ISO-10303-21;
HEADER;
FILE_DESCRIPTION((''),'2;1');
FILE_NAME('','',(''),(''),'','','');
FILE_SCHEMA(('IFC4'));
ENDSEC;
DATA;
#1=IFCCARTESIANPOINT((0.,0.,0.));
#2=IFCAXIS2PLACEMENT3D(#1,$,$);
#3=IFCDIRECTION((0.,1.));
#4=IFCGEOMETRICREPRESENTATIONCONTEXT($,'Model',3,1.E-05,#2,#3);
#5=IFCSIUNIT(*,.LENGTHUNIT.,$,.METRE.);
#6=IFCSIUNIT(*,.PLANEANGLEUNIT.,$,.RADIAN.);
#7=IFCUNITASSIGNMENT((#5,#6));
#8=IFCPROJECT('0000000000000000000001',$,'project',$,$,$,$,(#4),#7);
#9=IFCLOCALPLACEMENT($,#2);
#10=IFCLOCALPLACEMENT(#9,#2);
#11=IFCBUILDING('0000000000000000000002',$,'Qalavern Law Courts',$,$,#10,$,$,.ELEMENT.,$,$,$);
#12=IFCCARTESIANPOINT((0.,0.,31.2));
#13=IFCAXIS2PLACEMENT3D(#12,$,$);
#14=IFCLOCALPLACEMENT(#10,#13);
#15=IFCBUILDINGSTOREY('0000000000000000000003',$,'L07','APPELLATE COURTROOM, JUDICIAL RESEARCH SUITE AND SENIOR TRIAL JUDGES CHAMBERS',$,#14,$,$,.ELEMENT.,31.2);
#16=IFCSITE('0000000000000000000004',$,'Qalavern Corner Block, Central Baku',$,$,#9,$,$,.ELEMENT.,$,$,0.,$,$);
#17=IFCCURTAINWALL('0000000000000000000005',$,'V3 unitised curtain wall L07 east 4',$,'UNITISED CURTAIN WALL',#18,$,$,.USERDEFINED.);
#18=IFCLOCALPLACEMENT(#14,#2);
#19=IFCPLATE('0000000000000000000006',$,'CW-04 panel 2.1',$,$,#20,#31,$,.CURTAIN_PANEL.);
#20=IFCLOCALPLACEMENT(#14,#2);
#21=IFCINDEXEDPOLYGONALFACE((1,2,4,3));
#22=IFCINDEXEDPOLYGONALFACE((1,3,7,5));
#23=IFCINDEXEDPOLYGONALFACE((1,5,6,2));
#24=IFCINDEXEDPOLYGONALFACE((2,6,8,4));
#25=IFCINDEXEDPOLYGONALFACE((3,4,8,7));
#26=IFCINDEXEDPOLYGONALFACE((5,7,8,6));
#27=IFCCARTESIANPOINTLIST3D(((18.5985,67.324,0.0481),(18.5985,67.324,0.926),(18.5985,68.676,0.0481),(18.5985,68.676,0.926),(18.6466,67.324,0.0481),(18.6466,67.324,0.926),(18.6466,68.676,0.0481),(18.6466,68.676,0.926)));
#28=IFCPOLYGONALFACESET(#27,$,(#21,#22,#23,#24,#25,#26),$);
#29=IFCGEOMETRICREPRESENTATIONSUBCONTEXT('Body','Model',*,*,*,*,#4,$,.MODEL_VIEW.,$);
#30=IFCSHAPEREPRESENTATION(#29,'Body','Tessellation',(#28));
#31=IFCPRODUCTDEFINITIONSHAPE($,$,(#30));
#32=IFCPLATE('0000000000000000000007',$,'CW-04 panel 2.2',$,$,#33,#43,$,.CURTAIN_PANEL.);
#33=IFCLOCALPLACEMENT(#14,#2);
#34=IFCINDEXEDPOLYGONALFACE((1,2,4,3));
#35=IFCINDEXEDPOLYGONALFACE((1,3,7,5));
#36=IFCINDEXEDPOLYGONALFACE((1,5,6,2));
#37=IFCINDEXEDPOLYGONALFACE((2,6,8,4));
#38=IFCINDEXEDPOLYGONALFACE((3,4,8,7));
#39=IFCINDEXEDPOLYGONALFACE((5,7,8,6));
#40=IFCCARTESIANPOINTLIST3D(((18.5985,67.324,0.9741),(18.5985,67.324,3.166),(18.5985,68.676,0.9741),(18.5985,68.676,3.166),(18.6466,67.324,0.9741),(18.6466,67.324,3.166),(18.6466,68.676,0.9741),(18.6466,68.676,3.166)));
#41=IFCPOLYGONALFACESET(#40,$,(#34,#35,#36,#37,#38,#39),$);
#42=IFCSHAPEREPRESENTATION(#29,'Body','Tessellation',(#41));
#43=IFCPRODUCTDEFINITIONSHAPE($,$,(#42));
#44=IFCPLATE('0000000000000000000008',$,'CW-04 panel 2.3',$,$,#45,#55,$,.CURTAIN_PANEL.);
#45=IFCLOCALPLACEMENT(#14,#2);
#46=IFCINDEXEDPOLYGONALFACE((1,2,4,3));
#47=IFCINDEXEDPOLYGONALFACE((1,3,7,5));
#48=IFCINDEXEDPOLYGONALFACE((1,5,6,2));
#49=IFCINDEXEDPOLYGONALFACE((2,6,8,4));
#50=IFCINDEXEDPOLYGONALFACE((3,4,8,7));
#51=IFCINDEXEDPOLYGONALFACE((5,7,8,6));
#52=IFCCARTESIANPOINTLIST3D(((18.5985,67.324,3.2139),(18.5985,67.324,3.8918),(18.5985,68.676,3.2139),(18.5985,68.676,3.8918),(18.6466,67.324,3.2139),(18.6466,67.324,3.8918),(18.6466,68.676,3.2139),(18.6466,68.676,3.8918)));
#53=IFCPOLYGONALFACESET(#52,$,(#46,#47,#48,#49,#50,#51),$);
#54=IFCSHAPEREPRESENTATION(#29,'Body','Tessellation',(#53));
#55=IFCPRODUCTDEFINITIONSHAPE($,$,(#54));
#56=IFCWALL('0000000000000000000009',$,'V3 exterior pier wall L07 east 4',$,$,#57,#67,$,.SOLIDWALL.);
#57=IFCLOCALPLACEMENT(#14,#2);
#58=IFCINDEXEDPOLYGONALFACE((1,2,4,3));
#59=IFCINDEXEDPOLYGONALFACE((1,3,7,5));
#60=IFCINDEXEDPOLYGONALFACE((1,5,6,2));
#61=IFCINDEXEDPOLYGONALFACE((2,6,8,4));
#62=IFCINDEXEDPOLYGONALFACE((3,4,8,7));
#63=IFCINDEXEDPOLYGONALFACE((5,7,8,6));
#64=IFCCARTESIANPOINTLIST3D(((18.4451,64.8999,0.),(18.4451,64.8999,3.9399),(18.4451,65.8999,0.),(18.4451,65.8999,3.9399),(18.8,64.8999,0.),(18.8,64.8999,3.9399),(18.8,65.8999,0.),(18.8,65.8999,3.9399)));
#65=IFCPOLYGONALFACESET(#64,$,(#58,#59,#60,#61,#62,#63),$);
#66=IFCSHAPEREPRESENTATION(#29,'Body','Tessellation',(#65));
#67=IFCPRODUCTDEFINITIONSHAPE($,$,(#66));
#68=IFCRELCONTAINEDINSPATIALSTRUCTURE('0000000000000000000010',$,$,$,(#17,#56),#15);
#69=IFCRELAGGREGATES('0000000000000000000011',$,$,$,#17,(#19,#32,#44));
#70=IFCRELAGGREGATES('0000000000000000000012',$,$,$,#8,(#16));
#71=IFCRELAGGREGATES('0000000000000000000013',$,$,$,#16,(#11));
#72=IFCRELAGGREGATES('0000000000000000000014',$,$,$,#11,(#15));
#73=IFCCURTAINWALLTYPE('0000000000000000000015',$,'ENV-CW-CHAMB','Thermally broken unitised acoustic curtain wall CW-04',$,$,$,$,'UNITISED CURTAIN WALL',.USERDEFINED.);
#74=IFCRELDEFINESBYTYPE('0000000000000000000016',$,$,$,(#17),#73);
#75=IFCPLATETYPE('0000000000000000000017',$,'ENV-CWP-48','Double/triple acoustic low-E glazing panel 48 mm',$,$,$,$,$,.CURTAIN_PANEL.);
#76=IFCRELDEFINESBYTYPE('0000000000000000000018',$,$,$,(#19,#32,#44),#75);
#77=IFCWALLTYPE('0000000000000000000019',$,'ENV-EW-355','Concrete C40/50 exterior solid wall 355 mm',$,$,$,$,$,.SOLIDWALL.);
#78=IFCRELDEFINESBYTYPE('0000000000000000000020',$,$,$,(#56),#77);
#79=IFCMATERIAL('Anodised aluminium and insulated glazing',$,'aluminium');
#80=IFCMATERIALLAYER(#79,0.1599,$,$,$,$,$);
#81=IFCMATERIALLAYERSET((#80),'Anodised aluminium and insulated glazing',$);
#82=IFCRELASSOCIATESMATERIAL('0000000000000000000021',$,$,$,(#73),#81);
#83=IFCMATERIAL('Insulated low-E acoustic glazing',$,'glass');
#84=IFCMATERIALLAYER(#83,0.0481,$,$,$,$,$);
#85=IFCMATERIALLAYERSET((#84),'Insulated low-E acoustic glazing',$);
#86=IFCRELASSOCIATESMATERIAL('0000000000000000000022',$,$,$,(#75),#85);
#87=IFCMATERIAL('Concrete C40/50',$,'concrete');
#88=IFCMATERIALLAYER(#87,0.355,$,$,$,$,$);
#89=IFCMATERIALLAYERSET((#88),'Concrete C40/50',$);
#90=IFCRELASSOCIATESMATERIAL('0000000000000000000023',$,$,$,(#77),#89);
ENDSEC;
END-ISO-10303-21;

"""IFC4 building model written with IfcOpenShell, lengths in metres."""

from ifc_helpers import new_model, si_unit, direction, frame, frame_2d, origin, origin_2d, place, context, subcontext, project, spatial, rectangle, extrude, material, layer, layer_set, type_object, element, aggregate, save


model = new_model("IFC4")

# Units and contexts
model_context = context("Model", 3, precision=1e-05, world=origin(), true_north=direction((0.0, 1.0)))
body_context = subcontext(model_context, "Body", "Model", "MODEL_VIEW")
ifc_project = project(units=[si_unit("LENGTHUNIT", "METRE"), si_unit("PLANEANGLEUNIT", "RADIAN")], contexts=[model_context])

# Site, building, storey
site_placement = place(None, origin())
site = spatial("IfcSite", under=ifc_project, at=site_placement, Name="Qalavern Corner Block, Central Baku", CompositionType="ELEMENT", RefElevation=0.0)
building_placement = place(site_placement, origin())
building = spatial("IfcBuilding", under=site, at=building_placement, Name="Qalavern Law Courts", CompositionType="ELEMENT")
storey_placement = place(building_placement, frame((0.0, 0.0, 31.2)))
storey = spatial("IfcBuildingStorey", under=building, at=storey_placement, Name="L07", Description="APPELLATE COURTROOM, JUDICIAL RESEARCH SUITE AND SENIOR TRIAL JUDGES CHAMBERS", CompositionType="ELEMENT", Elevation=31.2)

# Curtain wall
ifc_material_1 = material(Name="Anodised aluminium and insulated glazing", Category="aluminium")
ifc_layer_1 = layer(ifc_material_1, 0.1599)
ifc_layer_set_1 = layer_set([ifc_layer_1], Name="Anodised aluminium and insulated glazing")
curtain_wall_type = type_object("IfcCurtainWallType", Name="ENV-CW-CHAMB", Description="Thermally broken unitised acoustic curtain wall CW-04", ElementType="UNITISED CURTAIN WALL", PredefinedType="USERDEFINED", material=ifc_layer_set_1)
curtain_wall_1_placement = place(storey_placement, origin())
curtain_wall_1 = element("IfcCurtainWall", 1, at=curtain_wall_1_placement, inside=storey, type_object=curtain_wall_type, Name="V3 unitised curtain wall L07 east 4", ObjectType="UNITISED CURTAIN WALL", PredefinedType="USERDEFINED")

# Plates
ifc_material_2 = material(Name="Insulated low-E acoustic glazing", Category="glass")
ifc_layer_2 = layer(ifc_material_2, 0.0481)
ifc_layer_set_2 = layer_set([ifc_layer_2], Name="Insulated low-E acoustic glazing")
plate_type_1 = type_object("IfcPlateType", Name="ENV-CWP-48", Description="Double/triple acoustic low-E glazing panel 48 mm", PredefinedType="CURTAIN_PANEL", material=ifc_layer_set_2)
plate_1_placement = place(storey_placement, frame((18.6226, 68.0, 0.0481), z_axis=(0.0, 0.0, 1.0), x_axis=(0.0, 1.0, 0.0)))
plate_1 = element("IfcPlate", 2, at=plate_1_placement, type_object=plate_type_1, Name="CW-04 panel 2.1", PredefinedType="CURTAIN_PANEL", context=body_context, shape_type="SweptSolid", body=[
    extrude(rectangle(XDim=1.3521, YDim=0.0481, at=origin_2d()), origin(), (0.0, 0.0, 1.0), 0.8779),
])
plate_2_placement = place(storey_placement, frame((18.6226, 68.0, 0.9741), z_axis=(0.0, 0.0, 1.0), x_axis=(0.0, 1.0, 0.0)))
plate_2 = element("IfcPlate", 3, at=plate_2_placement, type_object=plate_type_1, Name="CW-04 panel 2.2", PredefinedType="CURTAIN_PANEL", context=body_context, shape_type="SweptSolid", body=[
    extrude(rectangle(XDim=1.3521, YDim=0.0481, at=origin_2d()), origin(), (0.0, 0.0, 1.0), 2.1919),
])
plate_3_placement = place(storey_placement, frame((18.6226, 68.0, 3.2139), z_axis=(0.0, 0.0, 1.0), x_axis=(0.0, 1.0, 0.0)))
plate_3 = element("IfcPlate", 4, at=plate_3_placement, type_object=plate_type_1, Name="CW-04 panel 2.3", PredefinedType="CURTAIN_PANEL", context=body_context, shape_type="SweptSolid", body=[
    extrude(rectangle(XDim=1.3521, YDim=0.0481, at=origin_2d()), origin(), (0.0, 0.0, 1.0), 0.678),
])
aggregate(curtain_wall_1, [plate_1, plate_2, plate_3])

# Wall
ifc_material_3 = material(Name="Concrete C40/50", Category="concrete")
ifc_layer_3 = layer(ifc_material_3, 0.355)
ifc_layer_set_3 = layer_set([ifc_layer_3], Name="Concrete C40/50")
wall_type = type_object("IfcWallType", Name="ENV-EW-355", Description="Concrete C40/50 exterior solid wall 355 mm", PredefinedType="SOLIDWALL", material=ifc_layer_set_3)
wall_placement = place(storey_placement, frame((18.6226, 64.8999, 0.0), z_axis=(0.0, 0.0, 1.0), x_axis=(0.0, 1.0, 0.0)))
element("IfcWall", 5, at=wall_placement, inside=storey, type_object=wall_type, Name="V3 exterior pier wall L07 east 4", PredefinedType="SOLIDWALL", context=body_context, shape_type="SweptSolid", body=[
    extrude(rectangle(XDim=1.0, YDim=0.355, at=frame_2d((0.5, 0.0))), origin(), (0.0, 0.0, 1.0), 3.9399),
])

save(model, "model.ifc")
